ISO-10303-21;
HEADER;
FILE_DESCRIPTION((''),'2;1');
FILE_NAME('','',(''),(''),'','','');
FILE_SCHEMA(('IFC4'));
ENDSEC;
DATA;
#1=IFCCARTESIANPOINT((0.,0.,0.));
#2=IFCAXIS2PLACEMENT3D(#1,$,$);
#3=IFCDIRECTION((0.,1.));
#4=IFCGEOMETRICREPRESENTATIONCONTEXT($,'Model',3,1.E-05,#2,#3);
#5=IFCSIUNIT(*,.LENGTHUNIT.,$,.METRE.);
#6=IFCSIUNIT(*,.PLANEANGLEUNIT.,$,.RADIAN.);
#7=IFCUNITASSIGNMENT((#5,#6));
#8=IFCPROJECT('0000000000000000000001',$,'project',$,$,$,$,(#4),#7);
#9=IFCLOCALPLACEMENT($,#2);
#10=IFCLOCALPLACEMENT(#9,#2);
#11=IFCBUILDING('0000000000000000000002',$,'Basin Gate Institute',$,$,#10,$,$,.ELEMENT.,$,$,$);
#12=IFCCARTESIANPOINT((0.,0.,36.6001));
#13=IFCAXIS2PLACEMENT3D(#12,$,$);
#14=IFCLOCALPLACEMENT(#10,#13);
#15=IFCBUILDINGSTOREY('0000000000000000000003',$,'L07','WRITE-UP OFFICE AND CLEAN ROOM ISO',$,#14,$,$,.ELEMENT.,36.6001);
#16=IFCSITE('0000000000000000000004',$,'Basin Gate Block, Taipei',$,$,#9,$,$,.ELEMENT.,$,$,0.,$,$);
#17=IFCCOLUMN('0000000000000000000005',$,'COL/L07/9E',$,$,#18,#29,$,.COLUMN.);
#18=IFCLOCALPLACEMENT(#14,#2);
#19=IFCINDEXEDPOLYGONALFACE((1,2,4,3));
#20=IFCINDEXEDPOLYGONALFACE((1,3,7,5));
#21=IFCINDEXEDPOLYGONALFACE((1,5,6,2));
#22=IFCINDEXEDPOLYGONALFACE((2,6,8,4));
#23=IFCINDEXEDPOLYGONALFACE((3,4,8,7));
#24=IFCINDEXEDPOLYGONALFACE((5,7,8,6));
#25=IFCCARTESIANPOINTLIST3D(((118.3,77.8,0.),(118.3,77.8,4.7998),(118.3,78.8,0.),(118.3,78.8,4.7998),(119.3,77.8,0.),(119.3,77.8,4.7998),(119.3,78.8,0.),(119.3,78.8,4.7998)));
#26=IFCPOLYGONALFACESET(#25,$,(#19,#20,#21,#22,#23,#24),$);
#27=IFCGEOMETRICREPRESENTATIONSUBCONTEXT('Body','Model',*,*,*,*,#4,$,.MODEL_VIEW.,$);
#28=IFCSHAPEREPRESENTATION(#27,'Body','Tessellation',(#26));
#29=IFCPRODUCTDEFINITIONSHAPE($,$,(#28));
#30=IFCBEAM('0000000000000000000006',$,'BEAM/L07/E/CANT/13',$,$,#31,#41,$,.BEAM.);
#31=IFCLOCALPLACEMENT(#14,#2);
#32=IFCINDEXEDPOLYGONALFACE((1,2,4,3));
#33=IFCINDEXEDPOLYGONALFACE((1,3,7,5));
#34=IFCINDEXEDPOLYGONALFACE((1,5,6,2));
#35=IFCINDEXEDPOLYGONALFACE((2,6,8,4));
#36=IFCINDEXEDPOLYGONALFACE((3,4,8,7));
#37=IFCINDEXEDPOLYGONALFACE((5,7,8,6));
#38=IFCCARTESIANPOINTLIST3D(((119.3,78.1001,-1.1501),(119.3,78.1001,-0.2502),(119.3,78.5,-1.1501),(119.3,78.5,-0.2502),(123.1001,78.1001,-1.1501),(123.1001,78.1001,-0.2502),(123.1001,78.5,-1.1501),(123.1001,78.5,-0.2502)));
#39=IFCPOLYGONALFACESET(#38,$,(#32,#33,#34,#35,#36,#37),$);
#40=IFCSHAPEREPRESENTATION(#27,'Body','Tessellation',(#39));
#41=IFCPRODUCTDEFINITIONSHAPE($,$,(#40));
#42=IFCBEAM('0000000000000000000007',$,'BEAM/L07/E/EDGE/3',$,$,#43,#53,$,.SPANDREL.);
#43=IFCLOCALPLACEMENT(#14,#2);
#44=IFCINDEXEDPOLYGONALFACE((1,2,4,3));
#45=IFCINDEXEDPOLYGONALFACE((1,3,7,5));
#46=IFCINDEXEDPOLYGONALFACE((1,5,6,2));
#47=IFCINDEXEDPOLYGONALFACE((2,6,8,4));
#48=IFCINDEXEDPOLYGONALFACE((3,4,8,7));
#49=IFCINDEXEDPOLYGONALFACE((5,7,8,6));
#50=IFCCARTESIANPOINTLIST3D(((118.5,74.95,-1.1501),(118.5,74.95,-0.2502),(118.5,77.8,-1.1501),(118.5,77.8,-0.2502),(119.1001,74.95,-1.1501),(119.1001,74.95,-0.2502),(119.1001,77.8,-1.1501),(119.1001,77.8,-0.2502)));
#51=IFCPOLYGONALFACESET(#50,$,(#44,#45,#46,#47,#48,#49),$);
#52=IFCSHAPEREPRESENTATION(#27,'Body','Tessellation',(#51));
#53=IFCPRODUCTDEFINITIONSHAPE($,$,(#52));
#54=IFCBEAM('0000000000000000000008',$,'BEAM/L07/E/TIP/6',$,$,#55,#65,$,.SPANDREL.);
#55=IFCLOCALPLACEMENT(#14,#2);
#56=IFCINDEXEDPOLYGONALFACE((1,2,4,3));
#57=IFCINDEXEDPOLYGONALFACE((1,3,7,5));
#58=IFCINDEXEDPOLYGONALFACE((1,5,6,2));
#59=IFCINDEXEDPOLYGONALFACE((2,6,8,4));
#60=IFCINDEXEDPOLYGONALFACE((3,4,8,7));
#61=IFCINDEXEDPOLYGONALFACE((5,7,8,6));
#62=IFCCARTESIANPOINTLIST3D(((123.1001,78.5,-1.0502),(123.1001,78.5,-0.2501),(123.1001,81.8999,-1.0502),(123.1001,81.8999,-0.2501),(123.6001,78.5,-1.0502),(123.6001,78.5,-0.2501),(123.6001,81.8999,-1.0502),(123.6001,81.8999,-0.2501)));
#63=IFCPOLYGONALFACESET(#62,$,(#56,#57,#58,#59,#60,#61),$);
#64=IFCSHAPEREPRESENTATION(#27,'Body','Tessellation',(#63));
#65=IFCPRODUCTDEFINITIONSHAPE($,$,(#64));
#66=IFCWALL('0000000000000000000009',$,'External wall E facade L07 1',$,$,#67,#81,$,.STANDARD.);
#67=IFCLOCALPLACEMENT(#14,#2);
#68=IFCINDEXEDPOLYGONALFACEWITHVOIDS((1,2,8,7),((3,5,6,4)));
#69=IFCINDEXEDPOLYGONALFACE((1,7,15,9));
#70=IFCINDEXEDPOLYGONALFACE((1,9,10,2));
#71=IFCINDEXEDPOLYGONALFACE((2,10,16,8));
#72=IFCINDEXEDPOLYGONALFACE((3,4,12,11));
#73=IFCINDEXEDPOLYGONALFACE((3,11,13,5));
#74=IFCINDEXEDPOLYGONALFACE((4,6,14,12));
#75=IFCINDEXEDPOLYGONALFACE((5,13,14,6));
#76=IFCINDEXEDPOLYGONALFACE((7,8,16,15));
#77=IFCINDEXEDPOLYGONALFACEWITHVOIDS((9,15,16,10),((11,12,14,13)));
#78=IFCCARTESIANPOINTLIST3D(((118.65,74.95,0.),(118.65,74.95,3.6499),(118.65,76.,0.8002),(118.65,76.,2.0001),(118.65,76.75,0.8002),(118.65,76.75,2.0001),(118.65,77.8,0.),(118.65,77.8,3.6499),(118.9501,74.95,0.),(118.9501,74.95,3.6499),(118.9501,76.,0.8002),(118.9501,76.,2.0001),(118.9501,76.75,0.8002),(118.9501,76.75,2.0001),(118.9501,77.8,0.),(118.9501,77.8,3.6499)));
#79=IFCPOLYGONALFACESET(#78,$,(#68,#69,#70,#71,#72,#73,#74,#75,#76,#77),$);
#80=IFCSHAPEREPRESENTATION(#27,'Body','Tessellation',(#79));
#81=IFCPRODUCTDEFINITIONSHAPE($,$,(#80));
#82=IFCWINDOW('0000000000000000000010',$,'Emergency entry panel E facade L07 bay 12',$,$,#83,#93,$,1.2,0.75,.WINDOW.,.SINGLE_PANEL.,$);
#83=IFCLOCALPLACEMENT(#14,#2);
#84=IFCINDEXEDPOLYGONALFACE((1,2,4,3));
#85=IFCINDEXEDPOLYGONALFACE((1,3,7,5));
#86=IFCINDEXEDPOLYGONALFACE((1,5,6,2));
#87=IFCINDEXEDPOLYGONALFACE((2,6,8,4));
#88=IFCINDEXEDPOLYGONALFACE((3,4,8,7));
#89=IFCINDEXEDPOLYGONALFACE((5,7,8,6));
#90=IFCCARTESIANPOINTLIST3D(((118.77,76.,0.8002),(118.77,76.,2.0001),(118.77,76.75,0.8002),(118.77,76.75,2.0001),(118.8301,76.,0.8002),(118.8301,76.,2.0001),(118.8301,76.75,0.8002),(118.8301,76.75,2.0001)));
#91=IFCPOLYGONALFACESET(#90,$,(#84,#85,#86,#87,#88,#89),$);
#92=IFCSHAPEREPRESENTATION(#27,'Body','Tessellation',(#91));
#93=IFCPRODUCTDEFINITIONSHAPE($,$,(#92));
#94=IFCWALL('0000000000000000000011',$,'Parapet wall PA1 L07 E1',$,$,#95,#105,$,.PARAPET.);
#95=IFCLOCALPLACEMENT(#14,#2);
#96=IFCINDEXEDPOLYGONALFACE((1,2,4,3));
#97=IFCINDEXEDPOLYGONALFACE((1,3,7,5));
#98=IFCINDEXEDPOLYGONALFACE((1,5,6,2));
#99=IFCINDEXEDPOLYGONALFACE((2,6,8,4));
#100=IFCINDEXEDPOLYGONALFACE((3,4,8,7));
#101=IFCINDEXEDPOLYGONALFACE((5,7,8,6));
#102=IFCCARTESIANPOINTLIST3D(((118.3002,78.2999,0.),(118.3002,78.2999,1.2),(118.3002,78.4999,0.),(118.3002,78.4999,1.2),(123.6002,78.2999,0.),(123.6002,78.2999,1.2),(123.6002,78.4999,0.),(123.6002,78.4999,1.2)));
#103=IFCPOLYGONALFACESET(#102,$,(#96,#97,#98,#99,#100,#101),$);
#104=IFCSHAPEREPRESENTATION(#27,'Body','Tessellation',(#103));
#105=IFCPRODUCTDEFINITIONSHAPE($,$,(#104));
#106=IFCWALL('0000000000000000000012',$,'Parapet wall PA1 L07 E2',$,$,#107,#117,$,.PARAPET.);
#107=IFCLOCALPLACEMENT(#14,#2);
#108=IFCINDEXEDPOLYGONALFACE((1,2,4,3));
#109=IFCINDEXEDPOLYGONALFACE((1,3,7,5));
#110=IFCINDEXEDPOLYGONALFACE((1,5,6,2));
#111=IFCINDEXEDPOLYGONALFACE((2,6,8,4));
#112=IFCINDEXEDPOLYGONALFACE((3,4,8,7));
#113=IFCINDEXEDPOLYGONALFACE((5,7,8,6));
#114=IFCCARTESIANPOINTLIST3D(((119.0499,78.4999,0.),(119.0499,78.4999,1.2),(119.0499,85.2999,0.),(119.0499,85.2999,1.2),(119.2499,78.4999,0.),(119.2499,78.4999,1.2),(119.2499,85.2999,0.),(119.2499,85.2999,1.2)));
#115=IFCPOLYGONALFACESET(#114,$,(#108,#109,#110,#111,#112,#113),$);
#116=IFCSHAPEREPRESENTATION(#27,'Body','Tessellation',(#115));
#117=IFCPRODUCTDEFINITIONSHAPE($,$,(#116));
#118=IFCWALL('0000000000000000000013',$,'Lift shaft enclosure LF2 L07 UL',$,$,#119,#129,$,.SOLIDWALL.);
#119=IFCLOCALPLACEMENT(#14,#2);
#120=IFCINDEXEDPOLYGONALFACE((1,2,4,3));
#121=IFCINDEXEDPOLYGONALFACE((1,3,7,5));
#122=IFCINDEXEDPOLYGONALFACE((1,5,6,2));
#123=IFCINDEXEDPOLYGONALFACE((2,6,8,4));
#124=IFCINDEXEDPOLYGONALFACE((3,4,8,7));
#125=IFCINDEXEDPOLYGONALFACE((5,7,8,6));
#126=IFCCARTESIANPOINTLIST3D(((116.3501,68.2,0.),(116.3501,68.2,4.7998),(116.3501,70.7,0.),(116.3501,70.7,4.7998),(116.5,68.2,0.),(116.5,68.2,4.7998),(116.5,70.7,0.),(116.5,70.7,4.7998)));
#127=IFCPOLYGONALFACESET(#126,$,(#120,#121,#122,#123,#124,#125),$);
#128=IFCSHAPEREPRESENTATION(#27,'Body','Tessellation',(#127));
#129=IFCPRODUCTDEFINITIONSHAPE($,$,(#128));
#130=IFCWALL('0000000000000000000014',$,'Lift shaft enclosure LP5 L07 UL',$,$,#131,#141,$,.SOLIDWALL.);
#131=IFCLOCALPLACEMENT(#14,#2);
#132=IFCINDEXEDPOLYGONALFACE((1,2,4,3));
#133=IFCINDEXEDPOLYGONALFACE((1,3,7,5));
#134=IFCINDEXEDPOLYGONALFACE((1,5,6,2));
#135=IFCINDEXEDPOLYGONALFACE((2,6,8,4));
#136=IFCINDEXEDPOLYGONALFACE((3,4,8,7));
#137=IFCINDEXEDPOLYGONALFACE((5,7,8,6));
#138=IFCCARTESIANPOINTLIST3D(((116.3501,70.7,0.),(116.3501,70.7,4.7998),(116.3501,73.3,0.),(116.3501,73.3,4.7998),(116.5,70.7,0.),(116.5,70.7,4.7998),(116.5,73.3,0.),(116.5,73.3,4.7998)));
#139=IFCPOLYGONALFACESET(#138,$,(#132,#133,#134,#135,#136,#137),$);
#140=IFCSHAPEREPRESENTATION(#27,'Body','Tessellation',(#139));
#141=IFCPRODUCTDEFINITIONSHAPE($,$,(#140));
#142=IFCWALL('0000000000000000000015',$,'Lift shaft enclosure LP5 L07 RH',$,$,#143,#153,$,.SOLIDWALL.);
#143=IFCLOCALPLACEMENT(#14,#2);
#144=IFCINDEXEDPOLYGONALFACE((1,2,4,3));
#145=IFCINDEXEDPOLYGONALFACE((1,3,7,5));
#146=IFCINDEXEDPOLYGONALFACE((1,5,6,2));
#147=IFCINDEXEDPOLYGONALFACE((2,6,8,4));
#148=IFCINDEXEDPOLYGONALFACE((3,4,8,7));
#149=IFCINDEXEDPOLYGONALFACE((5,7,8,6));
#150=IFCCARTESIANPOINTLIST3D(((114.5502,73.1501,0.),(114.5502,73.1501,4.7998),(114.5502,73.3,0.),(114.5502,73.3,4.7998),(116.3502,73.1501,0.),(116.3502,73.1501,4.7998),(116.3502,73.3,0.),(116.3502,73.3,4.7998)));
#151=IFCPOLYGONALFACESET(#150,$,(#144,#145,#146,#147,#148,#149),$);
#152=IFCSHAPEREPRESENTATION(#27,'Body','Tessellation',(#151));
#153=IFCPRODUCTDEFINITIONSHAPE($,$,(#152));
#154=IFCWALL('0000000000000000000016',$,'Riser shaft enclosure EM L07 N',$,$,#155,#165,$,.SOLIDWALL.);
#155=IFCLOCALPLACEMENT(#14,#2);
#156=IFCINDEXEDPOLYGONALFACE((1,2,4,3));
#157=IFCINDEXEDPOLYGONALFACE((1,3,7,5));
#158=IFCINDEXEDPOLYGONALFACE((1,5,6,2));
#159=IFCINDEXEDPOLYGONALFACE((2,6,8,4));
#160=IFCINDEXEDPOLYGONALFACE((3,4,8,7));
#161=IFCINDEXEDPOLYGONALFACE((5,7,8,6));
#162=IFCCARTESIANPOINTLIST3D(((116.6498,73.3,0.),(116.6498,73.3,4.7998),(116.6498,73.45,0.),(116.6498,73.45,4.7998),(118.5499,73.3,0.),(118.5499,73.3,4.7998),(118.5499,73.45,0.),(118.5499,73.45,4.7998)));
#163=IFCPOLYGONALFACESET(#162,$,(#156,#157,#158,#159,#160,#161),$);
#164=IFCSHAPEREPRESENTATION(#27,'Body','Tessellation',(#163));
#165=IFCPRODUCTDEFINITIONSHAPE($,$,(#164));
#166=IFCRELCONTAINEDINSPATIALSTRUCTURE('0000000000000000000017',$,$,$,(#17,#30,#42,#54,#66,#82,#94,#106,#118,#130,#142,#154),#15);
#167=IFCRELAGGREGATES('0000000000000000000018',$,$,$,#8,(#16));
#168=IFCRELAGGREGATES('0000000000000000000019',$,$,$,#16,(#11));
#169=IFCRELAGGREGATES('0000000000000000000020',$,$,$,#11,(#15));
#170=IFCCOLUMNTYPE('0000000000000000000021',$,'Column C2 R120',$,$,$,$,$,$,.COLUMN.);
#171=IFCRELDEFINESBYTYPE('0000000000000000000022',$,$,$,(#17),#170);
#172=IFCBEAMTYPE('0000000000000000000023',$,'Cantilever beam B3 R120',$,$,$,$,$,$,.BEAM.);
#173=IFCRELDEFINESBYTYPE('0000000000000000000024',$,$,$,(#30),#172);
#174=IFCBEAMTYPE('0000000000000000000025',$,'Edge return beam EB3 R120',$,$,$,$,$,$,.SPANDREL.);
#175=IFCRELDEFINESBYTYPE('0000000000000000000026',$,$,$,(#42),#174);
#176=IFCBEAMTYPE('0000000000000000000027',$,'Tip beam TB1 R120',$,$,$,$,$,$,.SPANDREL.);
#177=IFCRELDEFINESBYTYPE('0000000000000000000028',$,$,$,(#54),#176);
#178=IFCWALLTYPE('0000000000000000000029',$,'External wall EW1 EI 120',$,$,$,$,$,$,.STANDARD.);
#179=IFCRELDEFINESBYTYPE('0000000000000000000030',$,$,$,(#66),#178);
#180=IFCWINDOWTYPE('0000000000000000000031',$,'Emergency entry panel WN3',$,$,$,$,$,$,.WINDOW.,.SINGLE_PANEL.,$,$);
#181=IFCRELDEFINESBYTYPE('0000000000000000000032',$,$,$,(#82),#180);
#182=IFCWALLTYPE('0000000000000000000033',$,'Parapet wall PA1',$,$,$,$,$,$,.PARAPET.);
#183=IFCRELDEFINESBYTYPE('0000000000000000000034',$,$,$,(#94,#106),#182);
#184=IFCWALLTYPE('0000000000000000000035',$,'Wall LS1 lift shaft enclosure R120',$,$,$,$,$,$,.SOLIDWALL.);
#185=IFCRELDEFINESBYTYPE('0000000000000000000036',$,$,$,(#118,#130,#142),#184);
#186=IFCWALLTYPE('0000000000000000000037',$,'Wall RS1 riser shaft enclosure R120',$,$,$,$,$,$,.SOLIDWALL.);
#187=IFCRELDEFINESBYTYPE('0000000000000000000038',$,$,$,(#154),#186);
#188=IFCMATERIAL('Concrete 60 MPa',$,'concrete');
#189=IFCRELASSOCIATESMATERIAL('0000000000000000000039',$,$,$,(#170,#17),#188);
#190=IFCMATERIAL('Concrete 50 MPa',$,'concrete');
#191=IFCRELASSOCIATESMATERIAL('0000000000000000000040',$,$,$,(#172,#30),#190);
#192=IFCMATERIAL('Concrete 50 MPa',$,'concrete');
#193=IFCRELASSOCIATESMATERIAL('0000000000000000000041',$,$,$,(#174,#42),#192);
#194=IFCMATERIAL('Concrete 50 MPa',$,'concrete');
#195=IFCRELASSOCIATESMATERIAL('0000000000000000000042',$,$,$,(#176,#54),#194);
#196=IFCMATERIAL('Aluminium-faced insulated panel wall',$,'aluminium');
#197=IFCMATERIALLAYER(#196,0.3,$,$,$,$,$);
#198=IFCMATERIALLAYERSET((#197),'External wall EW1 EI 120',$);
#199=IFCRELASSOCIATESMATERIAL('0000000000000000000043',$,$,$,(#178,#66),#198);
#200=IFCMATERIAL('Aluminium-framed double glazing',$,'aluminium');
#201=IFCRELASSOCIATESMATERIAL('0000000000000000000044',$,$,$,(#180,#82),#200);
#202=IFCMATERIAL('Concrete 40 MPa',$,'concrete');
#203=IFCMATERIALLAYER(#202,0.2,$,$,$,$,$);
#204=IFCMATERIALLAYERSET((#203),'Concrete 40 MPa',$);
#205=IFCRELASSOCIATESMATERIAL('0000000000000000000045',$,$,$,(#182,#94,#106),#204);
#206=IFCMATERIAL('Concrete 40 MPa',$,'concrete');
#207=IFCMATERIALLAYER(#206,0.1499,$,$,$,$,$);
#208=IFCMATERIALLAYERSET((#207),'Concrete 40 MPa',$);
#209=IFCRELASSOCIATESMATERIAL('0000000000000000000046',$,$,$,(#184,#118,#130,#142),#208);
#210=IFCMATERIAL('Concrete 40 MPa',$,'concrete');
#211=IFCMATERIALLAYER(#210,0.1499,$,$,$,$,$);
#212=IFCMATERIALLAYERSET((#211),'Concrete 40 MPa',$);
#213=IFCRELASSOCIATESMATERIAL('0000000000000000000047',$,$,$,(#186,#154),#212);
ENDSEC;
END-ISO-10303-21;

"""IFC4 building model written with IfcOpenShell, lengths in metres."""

from ifc_helpers import new_model, si_unit, direction, frame, frame_2d, origin, origin_2d, place, context, subcontext, project, spatial, rectangle, extrude, material, layer, layer_set, material_profile, profile_set, type_object, element, fill, save


model = new_model("IFC4")

# Units and contexts
model_context = context("Model", 3, precision=1e-05, world=origin(), true_north=direction((0.0, 1.0)))
body_context = subcontext(model_context, "Body", "Model", "MODEL_VIEW")
ifc_project = project(units=[si_unit("LENGTHUNIT", "METRE"), si_unit("PLANEANGLEUNIT", "RADIAN")], contexts=[model_context])

# Site, building, storey
site_placement = place(None, origin())
site = spatial("IfcSite", under=ifc_project, at=site_placement, Name="Basin Gate Block, Taipei", CompositionType="ELEMENT", RefElevation=0.0)
building_placement = place(site_placement, origin())
building = spatial("IfcBuilding", under=site, at=building_placement, Name="Basin Gate Institute", CompositionType="ELEMENT")
storey_placement = place(building_placement, frame((0.0, 0.0, 36.6001)))
storey = spatial("IfcBuildingStorey", under=building, at=storey_placement, Name="L07", Description="WRITE-UP OFFICE AND CLEAN ROOM ISO", CompositionType="ELEMENT", Elevation=36.6001)

# Column
ifc_material_1 = material(Name="Concrete 60 MPa", Category="concrete")
ifc_material_profile_1 = material_profile(ifc_material_1, rectangle(XDim=1.0, YDim=1.0, at=origin_2d()), Name="Column C2 1000 x 1000")
ifc_profile_set_1 = profile_set([ifc_material_profile_1], Name="Concrete 60 MPa")
column_type = type_object("IfcColumnType", Name="Column C2 R120", PredefinedType="COLUMN", material=ifc_profile_set_1)
column_placement = place(storey_placement, frame((118.8, 78.3, 0.0), z_axis=(0.0, 0.0, 1.0), x_axis=(1.0, 0.0, 0.0)))
element("IfcColumn", 1, at=column_placement, inside=storey, type_object=column_type, material=ifc_profile_set_1, Name="COL/L07/9E", PredefinedType="COLUMN", context=body_context, shape_type="SweptSolid", body=[
    extrude(rectangle(XDim=1.0, YDim=1.0, at=origin_2d()), origin(), (0.0, 0.0, 1.0), 4.7998),
])

# Beams
ifc_material_2 = material(Name="Concrete 50 MPa", Category="concrete")
ifc_material_profile_2 = material_profile(ifc_material_2, rectangle(XDim=0.3999, YDim=0.8999, at=origin_2d()), Name="Cantilever beam B3 400 x 900")
ifc_profile_set_2 = profile_set([ifc_material_profile_2], Name="Concrete 50 MPa")
beam_type_1 = type_object("IfcBeamType", Name="Cantilever beam B3 R120", PredefinedType="BEAM", material=ifc_profile_set_2)
beam_1_placement = place(storey_placement, frame((123.1001, 78.3, -0.7002), z_axis=(-1.0, 0.0, 0.0), x_axis=(0.0, -1.0, 0.0)))
element("IfcBeam", 2, at=beam_1_placement, inside=storey, type_object=beam_type_1, material=ifc_profile_set_2, Name="BEAM/L07/E/CANT/13", PredefinedType="BEAM", context=body_context, shape_type="SweptSolid", body=[
    extrude(rectangle(XDim=0.3999, YDim=0.8999, at=origin_2d()), origin(), (0.0, 0.0, 1.0), 3.8),
])
ifc_material_3 = material(Name="Concrete 50 MPa", Category="concrete")
ifc_material_profile_3 = material_profile(ifc_material_3, rectangle(XDim=0.6001, YDim=0.8999, at=origin_2d()), Name="Edge return beam EB3 600 x 900")
ifc_profile_set_3 = profile_set([ifc_material_profile_3], Name="Concrete 50 MPa")
beam_type_2 = type_object("IfcBeamType", Name="Edge return beam EB3 R120", PredefinedType="SPANDREL", material=ifc_profile_set_3)
beam_2_placement = place(storey_placement, frame((118.8, 74.95, -0.7002), z_axis=(0.0, 1.0, 0.0), x_axis=(-1.0, 0.0, 0.0)))
element("IfcBeam", 3, at=beam_2_placement, inside=storey, type_object=beam_type_2, material=ifc_profile_set_3, Name="BEAM/L07/E/EDGE/3", PredefinedType="SPANDREL", context=body_context, shape_type="SweptSolid", body=[
    extrude(rectangle(XDim=0.6001, YDim=0.8999, at=origin_2d()), origin(), (0.0, 0.0, 1.0), 2.8501),
])
ifc_material_4 = material(Name="Concrete 50 MPa", Category="concrete")
ifc_material_profile_4 = material_profile(ifc_material_4, rectangle(XDim=0.5, YDim=0.8, at=origin_2d()), Name="Tip beam TB1 500 x 800")
ifc_profile_set_4 = profile_set([ifc_material_profile_4], Name="Concrete 50 MPa")
beam_type_3 = type_object("IfcBeamType", Name="Tip beam TB1 R120", PredefinedType="SPANDREL", material=ifc_profile_set_4)
beam_3_placement = place(storey_placement, frame((123.3501, 78.5, -0.6501), z_axis=(0.0, 1.0, 0.0), x_axis=(-1.0, 0.0, 0.0)))
element("IfcBeam", 4, at=beam_3_placement, inside=storey, type_object=beam_type_3, material=ifc_profile_set_4, Name="BEAM/L07/E/TIP/6", PredefinedType="SPANDREL", context=body_context, shape_type="SweptSolid", body=[
    extrude(rectangle(XDim=0.5, YDim=0.8, at=origin_2d()), origin(), (0.0, 0.0, 1.0), 3.3999),
])

# Wall, opening, window
ifc_material_5 = material(Name="Aluminium-faced insulated panel wall", Category="aluminium")
ifc_layer_1 = layer(ifc_material_5, 0.3)
ifc_layer_set_1 = layer_set([ifc_layer_1], Name="External wall EW1 EI 120")
wall_type_1 = type_object("IfcWallType", Name="External wall EW1 EI 120", PredefinedType="STANDARD", material=ifc_layer_set_1)
wall_1_placement = place(storey_placement, frame((118.8, 74.95, 0.0), z_axis=(0.0, 0.0, 1.0), x_axis=(0.0, 1.0, 0.0)))
wall_1 = element("IfcWall", 5, at=wall_1_placement, inside=storey, type_object=wall_type_1, material=ifc_layer_set_1, Name="External wall E facade L07 1", PredefinedType="STANDARD", context=body_context, shape_type="SweptSolid", body=[
    extrude(rectangle(XDim=2.8501, YDim=0.3, at=frame_2d((1.425, 0.0))), origin(), (0.0, 0.0, 1.0), 3.6499),
])
opening_1_placement = place(wall_1_placement, frame((1.05, 0.0, 0.8)))
opening_1 = element("IfcOpeningElement", 6, at=opening_1_placement, cuts=wall_1, PredefinedType="OPENING", context=body_context, shape_type="SweptSolid", body=[
    extrude(rectangle(XDim=0.75, YDim=1.2, at=frame_2d((0.375, 0.6001))), frame((0.0, 0.1602, 0.0), z_axis=(0.0, -1.0, 0.0), x_axis=(1.0, 0.0, 0.0)), (0.0, 0.0, 1.0), 0.3201),
])
ifc_material_6 = material(Name="Aluminium-framed double glazing", Category="aluminium")
window_type_1 = type_object("IfcWindowType", Name="Emergency entry panel WN3", PartitioningType="SINGLE_PANEL", PredefinedType="WINDOW", material=ifc_material_6)
window_1_placement = place(opening_1_placement, origin())
window_1 = element("IfcWindow", 7, at=window_1_placement, inside=storey, type_object=window_type_1, material=ifc_material_6, Name="Emergency entry panel E facade L07 bay 12", OverallHeight=1.2, OverallWidth=0.75, PartitioningType="SINGLE_PANEL", PredefinedType="WINDOW", context=body_context, shape_type="SweptSolid", body=[
    extrude(rectangle(XDim=0.75, YDim=1.2, at=frame_2d((0.375, 0.6001))), frame((0.0, 0.03, 0.0), z_axis=(0.0, -1.0, 0.0), x_axis=(1.0, 0.0, 0.0)), (0.0, 0.0, 1.0), 0.0601),
])
fill(opening_1, window_1)

# Walls
ifc_material_7 = material(Name="Concrete 40 MPa", Category="concrete")
ifc_layer_2 = layer(ifc_material_7, 0.2)
ifc_layer_set_2 = layer_set([ifc_layer_2], Name="Concrete 40 MPa")
wall_type_2 = type_object("IfcWallType", Name="Parapet wall PA1", PredefinedType="PARAPET", material=ifc_layer_set_2)
wall_2_placement = place(storey_placement, frame((123.6001, 78.3999, 0.0), z_axis=(0.0, 0.0, 1.0), x_axis=(-1.0, 0.0, 0.0)))
element("IfcWall", 8, at=wall_2_placement, inside=storey, type_object=wall_type_2, material=ifc_layer_set_2, Name="Parapet wall PA1 L07 E1", PredefinedType="PARAPET", context=body_context, shape_type="SweptSolid", body=[
    extrude(rectangle(XDim=5.3, YDim=0.2, at=frame_2d((2.6499, 0.0))), origin(), (0.0, 0.0, 1.0), 1.2),
])
wall_3_placement = place(storey_placement, frame((119.1499, 78.5, 0.0), z_axis=(0.0, 0.0, 1.0), x_axis=(0.0, 1.0, 0.0)))
element("IfcWall", 9, at=wall_3_placement, inside=storey, type_object=wall_type_2, material=ifc_layer_set_2, Name="Parapet wall PA1 L07 E2", PredefinedType="PARAPET", context=body_context, shape_type="SweptSolid", body=[
    extrude(rectangle(XDim=6.8, YDim=0.2, at=frame_2d((3.3999, 0.0))), origin(), (0.0, 0.0, 1.0), 1.2),
])
ifc_material_8 = material(Name="Concrete 40 MPa", Category="concrete")
ifc_layer_3 = layer(ifc_material_8, 0.1499)
ifc_layer_set_3 = layer_set([ifc_layer_3], Name="Concrete 40 MPa")
wall_type_3 = type_object("IfcWallType", Name="Wall LS1 lift shaft enclosure R120", PredefinedType="SOLIDWALL", material=ifc_layer_set_3)
wall_4_placement = place(storey_placement, frame((116.425, 68.2, 0.0), z_axis=(0.0, 0.0, 1.0), x_axis=(0.0, 1.0, 0.0)))
element("IfcWall", 10, at=wall_4_placement, inside=storey, type_object=wall_type_3, material=ifc_layer_set_3, Name="Lift shaft enclosure LF2 L07 UL", PredefinedType="SOLIDWALL", context=body_context, shape_type="SweptSolid", body=[
    extrude(rectangle(XDim=2.5, YDim=0.1499, at=frame_2d((1.25, 0.0))), origin(), (0.0, 0.0, 1.0), 4.7998),
])
wall_5_placement = place(storey_placement, frame((116.425, 70.7, 0.0), z_axis=(0.0, 0.0, 1.0), x_axis=(0.0, 1.0, 0.0)))
element("IfcWall", 11, at=wall_5_placement, inside=storey, type_object=wall_type_3, material=ifc_layer_set_3, Name="Lift shaft enclosure LP5 L07 UL", PredefinedType="SOLIDWALL", context=body_context, shape_type="SweptSolid", body=[
    extrude(rectangle(XDim=2.6001, YDim=0.1499, at=frame_2d((1.3, 0.0))), origin(), (0.0, 0.0, 1.0), 4.7998),
])
wall_6_placement = place(storey_placement, frame((116.3501, 73.2251, 0.0), z_axis=(0.0, 0.0, 1.0), x_axis=(-1.0, 0.0, 0.0)))
element("IfcWall", 12, at=wall_6_placement, inside=storey, type_object=wall_type_3, material=ifc_layer_set_3, Name="Lift shaft enclosure LP5 L07 RH", PredefinedType="SOLIDWALL", context=body_context, shape_type="SweptSolid", body=[
    extrude(rectangle(XDim=1.8, YDim=0.1499, at=frame_2d((0.8999, 0.0))), origin(), (0.0, 0.0, 1.0), 4.7998),
])
ifc_material_9 = material(Name="Concrete 40 MPa", Category="concrete")
ifc_layer_4 = layer(ifc_material_9, 0.1499)
ifc_layer_set_4 = layer_set([ifc_layer_4], Name="Concrete 40 MPa")
wall_type_4 = type_object("IfcWallType", Name="Wall RS1 riser shaft enclosure R120", PredefinedType="SOLIDWALL", material=ifc_layer_set_4)
wall_7_placement = place(storey_placement, frame((118.55, 73.375, 0.0), z_axis=(0.0, 0.0, 1.0), x_axis=(-1.0, 0.0, 0.0)))
element("IfcWall", 13, at=wall_7_placement, inside=storey, type_object=wall_type_4, material=ifc_layer_set_4, Name="Riser shaft enclosure EM L07 N", PredefinedType="SOLIDWALL", context=body_context, shape_type="SweptSolid", body=[
    extrude(rectangle(XDim=1.9001, YDim=0.1499, at=frame_2d((0.9502, 0.0))), origin(), (0.0, 0.0, 1.0), 4.7998),
])

save(model, "model.ifc")
